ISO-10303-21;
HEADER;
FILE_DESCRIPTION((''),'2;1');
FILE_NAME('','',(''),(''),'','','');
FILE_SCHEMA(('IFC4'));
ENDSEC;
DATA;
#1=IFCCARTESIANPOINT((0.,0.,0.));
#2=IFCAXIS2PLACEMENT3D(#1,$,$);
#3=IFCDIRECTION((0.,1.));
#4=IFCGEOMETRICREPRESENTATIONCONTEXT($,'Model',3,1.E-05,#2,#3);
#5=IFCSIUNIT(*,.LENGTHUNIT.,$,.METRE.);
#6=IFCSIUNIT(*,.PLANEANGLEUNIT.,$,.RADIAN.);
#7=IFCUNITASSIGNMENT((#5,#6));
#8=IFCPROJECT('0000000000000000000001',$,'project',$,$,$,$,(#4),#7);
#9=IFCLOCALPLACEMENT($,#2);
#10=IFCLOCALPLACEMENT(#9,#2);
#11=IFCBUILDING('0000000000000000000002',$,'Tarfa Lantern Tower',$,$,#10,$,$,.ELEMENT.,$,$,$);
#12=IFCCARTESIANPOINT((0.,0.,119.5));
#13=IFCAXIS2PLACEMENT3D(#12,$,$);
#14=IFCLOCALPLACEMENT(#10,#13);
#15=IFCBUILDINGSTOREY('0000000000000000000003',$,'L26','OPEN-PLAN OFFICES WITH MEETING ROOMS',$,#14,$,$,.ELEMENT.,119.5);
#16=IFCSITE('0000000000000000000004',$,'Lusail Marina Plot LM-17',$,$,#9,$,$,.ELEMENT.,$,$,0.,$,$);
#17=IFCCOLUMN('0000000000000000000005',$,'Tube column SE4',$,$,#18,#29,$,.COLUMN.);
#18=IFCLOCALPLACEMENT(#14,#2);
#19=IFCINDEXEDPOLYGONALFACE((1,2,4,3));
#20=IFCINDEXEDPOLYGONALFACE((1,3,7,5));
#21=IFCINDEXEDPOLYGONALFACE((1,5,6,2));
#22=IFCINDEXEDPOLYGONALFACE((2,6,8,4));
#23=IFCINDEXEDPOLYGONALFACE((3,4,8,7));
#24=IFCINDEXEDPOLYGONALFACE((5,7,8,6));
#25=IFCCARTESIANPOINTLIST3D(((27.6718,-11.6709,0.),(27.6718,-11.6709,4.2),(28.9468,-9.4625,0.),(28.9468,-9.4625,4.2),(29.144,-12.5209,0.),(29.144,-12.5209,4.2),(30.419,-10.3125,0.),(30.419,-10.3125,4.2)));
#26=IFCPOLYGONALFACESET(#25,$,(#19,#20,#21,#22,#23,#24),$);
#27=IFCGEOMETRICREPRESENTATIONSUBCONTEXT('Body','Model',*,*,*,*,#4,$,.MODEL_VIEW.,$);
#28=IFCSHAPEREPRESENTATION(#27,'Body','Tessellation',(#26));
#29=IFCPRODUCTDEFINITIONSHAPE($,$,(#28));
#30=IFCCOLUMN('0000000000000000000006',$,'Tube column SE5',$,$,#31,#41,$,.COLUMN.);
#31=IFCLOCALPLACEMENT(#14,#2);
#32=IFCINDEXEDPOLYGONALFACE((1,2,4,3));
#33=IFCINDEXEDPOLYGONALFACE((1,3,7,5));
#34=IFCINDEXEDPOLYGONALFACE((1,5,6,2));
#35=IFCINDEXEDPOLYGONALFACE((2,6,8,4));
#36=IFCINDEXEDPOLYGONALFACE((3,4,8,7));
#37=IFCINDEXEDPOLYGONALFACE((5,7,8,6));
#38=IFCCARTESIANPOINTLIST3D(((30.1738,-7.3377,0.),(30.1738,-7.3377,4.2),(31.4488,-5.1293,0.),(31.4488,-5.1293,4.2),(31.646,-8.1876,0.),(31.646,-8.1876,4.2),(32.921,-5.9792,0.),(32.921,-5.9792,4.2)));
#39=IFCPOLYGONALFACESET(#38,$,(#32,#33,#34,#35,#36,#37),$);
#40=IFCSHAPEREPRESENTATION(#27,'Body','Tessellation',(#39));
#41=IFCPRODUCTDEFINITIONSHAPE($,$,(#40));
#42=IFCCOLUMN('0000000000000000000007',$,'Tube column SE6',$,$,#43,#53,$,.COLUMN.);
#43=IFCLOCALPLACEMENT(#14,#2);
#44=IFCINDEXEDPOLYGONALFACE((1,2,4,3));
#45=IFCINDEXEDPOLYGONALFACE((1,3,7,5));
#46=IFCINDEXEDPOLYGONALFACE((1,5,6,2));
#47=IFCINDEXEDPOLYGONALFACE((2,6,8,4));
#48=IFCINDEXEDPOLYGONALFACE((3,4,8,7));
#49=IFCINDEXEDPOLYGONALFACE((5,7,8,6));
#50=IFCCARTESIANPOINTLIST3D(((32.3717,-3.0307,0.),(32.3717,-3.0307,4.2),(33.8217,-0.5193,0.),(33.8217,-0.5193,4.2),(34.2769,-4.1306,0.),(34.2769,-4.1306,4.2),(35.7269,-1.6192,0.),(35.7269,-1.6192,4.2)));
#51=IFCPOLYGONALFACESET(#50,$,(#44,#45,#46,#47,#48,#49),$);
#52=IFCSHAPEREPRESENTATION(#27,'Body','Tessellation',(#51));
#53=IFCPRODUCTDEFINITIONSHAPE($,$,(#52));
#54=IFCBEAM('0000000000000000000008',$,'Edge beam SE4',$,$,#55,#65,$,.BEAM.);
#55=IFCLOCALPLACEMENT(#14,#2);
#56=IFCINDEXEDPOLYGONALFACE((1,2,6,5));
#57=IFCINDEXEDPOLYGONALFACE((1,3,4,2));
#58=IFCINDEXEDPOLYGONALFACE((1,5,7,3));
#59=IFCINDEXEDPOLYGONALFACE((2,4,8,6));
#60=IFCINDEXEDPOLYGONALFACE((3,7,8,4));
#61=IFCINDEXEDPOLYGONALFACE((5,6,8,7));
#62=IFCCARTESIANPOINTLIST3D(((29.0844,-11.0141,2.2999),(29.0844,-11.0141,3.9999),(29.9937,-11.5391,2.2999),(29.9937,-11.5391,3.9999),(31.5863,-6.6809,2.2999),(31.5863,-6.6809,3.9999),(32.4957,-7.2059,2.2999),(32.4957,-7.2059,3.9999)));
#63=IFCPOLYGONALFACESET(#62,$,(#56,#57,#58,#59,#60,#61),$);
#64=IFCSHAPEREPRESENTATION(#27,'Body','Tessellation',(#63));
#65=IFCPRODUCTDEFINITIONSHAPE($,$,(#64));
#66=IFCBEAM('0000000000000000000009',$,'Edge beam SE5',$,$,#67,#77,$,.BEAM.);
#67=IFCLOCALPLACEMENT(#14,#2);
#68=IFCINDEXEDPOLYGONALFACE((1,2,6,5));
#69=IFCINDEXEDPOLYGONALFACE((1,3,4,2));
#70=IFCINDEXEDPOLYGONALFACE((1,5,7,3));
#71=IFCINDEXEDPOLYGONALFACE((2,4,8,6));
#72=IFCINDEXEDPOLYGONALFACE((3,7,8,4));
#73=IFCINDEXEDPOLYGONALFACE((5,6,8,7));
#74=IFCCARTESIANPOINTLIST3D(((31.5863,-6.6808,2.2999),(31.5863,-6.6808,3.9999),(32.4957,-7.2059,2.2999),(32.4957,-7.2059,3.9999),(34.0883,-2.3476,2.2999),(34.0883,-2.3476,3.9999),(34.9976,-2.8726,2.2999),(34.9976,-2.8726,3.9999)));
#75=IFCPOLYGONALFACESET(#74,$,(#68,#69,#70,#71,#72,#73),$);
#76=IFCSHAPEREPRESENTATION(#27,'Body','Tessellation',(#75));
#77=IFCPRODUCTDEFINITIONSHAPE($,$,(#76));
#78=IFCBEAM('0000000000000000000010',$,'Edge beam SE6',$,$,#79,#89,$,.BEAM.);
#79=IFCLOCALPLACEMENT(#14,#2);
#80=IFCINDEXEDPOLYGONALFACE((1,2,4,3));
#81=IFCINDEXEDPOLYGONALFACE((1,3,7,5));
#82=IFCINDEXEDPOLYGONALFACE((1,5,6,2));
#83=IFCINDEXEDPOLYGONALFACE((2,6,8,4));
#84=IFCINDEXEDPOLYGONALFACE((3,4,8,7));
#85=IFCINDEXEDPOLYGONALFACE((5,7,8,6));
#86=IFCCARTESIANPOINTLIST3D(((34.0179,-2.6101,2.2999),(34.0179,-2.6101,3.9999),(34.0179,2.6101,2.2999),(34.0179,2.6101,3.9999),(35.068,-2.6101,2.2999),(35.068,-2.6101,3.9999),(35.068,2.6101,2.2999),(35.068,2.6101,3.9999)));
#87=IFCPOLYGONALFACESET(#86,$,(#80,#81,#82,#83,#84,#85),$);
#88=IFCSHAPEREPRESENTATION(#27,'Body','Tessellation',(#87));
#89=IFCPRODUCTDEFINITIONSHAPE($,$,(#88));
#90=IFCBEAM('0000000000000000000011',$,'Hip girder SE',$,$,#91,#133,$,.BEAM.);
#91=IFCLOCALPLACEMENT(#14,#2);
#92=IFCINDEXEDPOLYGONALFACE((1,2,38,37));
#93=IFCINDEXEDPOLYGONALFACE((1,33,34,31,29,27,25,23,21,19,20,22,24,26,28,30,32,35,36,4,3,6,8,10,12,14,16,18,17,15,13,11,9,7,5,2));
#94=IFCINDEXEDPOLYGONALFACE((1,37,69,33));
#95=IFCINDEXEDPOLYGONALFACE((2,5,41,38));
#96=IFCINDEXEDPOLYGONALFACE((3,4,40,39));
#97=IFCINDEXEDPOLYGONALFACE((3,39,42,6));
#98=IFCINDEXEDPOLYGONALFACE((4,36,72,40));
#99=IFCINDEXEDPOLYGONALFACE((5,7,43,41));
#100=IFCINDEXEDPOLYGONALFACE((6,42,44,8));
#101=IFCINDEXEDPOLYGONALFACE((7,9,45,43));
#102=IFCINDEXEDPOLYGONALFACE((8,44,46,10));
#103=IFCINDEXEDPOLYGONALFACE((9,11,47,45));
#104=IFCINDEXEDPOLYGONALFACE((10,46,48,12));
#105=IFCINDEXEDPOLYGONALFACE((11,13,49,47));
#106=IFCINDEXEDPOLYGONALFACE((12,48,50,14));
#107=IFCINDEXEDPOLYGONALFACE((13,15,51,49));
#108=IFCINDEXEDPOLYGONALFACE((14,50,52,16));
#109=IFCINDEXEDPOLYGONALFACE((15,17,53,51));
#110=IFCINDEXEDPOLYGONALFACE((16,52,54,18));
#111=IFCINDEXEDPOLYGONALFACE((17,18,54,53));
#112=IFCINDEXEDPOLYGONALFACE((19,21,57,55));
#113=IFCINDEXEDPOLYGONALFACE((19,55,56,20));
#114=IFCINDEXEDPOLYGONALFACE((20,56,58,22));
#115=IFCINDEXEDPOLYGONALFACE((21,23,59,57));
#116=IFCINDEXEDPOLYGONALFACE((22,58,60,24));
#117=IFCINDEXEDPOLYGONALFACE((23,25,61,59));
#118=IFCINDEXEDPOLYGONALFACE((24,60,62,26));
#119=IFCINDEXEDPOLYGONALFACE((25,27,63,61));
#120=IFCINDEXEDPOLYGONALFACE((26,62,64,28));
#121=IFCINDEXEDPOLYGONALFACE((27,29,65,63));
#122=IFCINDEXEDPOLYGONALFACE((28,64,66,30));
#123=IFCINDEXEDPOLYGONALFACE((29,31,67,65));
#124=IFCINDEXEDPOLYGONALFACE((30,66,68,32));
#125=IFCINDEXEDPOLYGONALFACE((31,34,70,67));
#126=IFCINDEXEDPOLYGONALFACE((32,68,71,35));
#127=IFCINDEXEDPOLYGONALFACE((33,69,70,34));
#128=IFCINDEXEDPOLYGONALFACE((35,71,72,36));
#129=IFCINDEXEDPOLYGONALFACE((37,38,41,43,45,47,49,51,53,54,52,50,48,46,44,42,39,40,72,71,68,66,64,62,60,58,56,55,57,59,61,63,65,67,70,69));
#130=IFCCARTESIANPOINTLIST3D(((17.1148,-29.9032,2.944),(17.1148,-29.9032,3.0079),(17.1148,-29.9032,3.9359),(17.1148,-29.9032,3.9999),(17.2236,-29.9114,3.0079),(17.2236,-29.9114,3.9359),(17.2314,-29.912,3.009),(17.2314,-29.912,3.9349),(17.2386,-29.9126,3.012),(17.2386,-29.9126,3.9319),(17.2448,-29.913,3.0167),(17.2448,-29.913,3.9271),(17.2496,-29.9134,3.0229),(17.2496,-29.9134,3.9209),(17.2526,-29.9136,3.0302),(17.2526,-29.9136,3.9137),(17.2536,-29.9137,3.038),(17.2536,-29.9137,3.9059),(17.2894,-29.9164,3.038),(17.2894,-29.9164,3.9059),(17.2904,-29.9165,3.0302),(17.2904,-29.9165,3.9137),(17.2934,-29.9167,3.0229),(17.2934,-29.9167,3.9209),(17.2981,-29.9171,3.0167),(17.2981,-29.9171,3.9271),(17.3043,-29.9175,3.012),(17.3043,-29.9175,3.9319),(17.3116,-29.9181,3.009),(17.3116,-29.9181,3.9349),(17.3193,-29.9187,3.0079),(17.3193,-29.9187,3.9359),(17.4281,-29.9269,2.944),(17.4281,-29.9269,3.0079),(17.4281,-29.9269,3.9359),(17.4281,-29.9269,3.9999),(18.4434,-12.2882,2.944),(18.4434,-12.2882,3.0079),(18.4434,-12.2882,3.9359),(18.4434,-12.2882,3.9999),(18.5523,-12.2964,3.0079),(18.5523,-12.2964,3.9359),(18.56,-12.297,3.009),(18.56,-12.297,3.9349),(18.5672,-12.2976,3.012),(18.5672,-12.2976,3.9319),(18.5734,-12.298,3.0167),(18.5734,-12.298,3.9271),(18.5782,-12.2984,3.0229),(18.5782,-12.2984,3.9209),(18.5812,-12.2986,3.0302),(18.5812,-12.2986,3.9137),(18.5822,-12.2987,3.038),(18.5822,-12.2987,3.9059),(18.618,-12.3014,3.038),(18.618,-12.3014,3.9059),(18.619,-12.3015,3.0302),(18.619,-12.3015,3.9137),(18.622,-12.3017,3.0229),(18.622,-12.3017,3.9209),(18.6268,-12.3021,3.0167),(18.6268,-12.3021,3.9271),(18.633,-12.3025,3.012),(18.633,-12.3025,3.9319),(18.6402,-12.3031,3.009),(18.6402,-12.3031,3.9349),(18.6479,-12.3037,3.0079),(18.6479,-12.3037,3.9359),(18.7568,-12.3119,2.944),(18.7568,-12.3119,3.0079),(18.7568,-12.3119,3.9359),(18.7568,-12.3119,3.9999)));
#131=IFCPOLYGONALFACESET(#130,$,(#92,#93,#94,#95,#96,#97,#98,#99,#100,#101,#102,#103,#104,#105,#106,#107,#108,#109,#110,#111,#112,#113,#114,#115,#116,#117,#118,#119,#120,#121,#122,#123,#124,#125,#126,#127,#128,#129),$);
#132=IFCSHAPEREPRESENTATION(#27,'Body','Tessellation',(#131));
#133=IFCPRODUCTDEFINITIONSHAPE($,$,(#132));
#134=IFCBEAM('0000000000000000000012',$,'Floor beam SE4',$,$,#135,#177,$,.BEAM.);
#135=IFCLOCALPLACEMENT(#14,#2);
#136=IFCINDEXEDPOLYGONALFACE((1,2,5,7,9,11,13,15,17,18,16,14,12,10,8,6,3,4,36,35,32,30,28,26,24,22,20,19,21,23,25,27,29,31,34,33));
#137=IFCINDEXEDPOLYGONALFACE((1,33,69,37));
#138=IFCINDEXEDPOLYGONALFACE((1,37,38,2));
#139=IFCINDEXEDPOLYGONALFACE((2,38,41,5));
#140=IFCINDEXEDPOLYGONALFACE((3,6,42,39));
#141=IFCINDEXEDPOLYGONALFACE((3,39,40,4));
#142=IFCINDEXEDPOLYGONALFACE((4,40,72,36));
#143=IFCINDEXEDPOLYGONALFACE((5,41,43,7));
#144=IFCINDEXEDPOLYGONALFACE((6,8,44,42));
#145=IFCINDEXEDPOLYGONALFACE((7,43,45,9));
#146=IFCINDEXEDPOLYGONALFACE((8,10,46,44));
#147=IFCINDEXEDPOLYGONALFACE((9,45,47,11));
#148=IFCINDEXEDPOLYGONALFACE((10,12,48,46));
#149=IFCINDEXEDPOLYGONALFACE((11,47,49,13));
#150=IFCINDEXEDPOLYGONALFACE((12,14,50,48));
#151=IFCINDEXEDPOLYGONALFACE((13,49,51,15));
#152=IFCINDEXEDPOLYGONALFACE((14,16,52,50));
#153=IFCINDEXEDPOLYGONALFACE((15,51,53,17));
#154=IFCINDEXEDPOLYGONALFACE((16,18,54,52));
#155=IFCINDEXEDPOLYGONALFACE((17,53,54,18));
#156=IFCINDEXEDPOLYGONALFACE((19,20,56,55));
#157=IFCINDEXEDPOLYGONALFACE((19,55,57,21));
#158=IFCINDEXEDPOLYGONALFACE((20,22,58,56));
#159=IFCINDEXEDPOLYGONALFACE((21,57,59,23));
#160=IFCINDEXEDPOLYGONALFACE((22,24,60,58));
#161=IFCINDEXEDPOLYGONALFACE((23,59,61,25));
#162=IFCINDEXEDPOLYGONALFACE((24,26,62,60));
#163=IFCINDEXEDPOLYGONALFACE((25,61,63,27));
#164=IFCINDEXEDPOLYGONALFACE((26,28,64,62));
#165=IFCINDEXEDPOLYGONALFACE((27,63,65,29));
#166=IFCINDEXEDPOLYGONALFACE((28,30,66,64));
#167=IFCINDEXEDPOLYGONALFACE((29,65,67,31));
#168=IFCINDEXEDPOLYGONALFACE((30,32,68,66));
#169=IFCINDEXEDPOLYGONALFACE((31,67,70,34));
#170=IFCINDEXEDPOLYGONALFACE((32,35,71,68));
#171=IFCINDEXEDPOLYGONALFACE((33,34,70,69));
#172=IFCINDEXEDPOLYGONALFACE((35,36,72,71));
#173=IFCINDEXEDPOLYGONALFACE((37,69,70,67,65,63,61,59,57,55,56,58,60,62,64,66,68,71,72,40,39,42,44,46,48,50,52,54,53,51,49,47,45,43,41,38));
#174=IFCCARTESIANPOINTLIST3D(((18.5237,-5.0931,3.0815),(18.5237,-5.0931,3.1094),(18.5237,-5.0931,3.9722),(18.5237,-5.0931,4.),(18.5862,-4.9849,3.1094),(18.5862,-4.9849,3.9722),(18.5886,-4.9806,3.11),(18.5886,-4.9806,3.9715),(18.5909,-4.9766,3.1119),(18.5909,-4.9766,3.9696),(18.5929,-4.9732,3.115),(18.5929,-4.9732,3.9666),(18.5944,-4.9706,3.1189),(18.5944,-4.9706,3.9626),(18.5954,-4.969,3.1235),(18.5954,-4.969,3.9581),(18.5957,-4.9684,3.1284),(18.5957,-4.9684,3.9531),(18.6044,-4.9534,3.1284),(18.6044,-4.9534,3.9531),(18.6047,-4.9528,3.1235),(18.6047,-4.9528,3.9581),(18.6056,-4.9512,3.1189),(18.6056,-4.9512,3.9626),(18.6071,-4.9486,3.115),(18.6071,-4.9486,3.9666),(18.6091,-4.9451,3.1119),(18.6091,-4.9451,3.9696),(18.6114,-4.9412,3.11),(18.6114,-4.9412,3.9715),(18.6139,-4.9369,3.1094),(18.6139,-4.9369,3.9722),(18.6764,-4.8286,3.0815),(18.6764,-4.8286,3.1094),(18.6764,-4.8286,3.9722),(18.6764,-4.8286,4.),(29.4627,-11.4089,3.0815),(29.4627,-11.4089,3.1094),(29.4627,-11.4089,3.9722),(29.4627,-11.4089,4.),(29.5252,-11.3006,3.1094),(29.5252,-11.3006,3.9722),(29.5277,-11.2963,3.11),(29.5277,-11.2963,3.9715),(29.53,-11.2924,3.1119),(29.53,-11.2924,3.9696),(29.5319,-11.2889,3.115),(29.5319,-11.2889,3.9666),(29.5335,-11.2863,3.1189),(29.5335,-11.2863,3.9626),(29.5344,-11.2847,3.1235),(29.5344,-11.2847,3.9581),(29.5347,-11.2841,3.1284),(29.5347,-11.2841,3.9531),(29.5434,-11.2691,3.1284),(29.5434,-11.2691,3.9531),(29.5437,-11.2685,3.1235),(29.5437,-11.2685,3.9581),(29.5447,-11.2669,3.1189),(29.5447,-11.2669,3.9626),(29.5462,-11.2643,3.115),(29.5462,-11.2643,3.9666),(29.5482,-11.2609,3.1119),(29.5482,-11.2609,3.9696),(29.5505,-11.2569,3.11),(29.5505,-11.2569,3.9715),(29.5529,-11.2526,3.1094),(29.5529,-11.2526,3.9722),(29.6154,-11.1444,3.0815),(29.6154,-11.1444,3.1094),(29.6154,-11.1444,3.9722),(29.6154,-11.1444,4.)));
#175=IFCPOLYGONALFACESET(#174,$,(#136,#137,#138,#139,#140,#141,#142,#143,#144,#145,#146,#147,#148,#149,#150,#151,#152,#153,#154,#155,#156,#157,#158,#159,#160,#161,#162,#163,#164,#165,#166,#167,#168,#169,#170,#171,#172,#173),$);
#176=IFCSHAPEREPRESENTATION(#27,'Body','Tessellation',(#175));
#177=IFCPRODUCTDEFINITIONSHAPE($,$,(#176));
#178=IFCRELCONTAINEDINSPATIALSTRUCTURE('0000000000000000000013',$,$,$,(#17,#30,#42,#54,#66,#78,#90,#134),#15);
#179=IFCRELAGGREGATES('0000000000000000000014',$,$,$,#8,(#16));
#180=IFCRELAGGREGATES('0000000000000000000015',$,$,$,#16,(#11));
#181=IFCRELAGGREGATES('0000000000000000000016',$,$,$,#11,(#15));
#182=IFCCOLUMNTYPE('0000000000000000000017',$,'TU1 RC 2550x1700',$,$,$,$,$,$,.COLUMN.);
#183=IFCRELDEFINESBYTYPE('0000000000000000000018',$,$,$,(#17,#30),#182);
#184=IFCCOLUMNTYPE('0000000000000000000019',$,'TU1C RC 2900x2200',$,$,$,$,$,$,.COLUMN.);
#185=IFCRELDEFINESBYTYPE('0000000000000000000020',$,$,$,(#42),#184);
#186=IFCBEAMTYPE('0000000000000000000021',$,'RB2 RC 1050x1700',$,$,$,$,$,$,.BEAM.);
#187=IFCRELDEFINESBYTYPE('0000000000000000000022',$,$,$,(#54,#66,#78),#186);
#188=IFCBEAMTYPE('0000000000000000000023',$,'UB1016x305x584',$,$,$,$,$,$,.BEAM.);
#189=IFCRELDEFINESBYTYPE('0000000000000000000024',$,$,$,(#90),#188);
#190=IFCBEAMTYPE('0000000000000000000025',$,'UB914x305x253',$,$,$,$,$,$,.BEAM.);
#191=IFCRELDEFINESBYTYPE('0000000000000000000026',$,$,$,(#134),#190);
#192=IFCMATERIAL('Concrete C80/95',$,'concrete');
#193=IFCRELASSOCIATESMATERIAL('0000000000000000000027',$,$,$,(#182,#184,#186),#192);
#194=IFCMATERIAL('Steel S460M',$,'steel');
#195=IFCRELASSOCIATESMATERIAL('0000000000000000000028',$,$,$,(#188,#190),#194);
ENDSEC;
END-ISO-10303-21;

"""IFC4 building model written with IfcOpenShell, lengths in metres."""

from ifc_helpers import new_model, si_unit, direction, frame, origin, origin_2d, place, context, subcontext, project, spatial, rectangle, i_section, extrude, material, material_profile, profile_set, type_object, element, save


model = new_model("IFC4")

# Units and contexts
model_context = context("Model", 3, precision=1e-05, world=origin(), true_north=direction((0.0, 1.0)))
body_context = subcontext(model_context, "Body", "Model", "MODEL_VIEW")
ifc_project = project(units=[si_unit("LENGTHUNIT", "METRE"), si_unit("PLANEANGLEUNIT", "RADIAN")], contexts=[model_context])

# Site, building, storey
site_placement = place(None, origin())
site = spatial("IfcSite", under=ifc_project, at=site_placement, Name="Lusail Marina Plot LM-17", CompositionType="ELEMENT", RefElevation=0.0)
building_placement = place(site_placement, origin())
building = spatial("IfcBuilding", under=site, at=building_placement, Name="Tarfa Lantern Tower", CompositionType="ELEMENT")
storey_placement = place(building_placement, frame((0.0, 0.0, 119.5)))
storey = spatial("IfcBuildingStorey", under=building, at=storey_placement, Name="L26", Description="OPEN-PLAN OFFICES WITH MEETING ROOMS", CompositionType="ELEMENT", Elevation=119.5)

# Columns
ifc_material_1 = material(Name="Concrete C80/95", Category="concrete")
ifc_material_profile_1 = material_profile(ifc_material_1, rectangle(XDim=2.55, YDim=1.7, at=origin_2d()), Name="RC 2550x1700")
ifc_profile_set_1 = profile_set([ifc_material_profile_1], Name="Concrete C80/95")
column_type_1 = type_object("IfcColumnType", Name="TU1 RC 2550x1700", PredefinedType="COLUMN", material=ifc_profile_set_1)
for number, where, z_axis, x_axis, name in (
    (1, (29.0454, -10.9917, 0.0), (0.0, 0.0, 1.0), (0.5, 0.866025, 0.0), "Tube column SE4"),
    (2, (31.5474, -6.6584, 0.0), (0.0, 0.0, 1.0), (0.5, 0.866025, 0.0), "Tube column SE5"),
):
    element("IfcColumn", number, at=place(storey_placement, frame(where, z_axis=z_axis, x_axis=x_axis)), inside=storey, type_object=column_type_1, Name=name, PredefinedType="COLUMN", context=body_context, shape_type="SweptSolid", body=[
        extrude(rectangle(XDim=2.55, YDim=1.7, at=origin_2d()), origin(), (0.0, 0.0, 1.0), 4.2),
    ])
ifc_material_profile_2 = material_profile(ifc_material_1, rectangle(XDim=2.8999, YDim=2.2, at=origin_2d()), Name="RC 2900x2200")
ifc_profile_set_2 = profile_set([ifc_material_profile_2], Name="Concrete C80/95")
column_type_2 = type_object("IfcColumnType", Name="TU1C RC 2900x2200", PredefinedType="COLUMN", material=ifc_profile_set_2)
column_placement = place(storey_placement, frame((34.0493, -2.325, 0.0), z_axis=(0.0, 0.0, 1.0), x_axis=(0.5, 0.866025, 0.0)))
element("IfcColumn", 3, at=column_placement, inside=storey, type_object=column_type_2, Name="Tube column SE6", PredefinedType="COLUMN", context=body_context, shape_type="SweptSolid", body=[
    extrude(rectangle(XDim=2.8999, YDim=2.2, at=origin_2d()), origin(), (0.0, 0.0, 1.0), 4.2),
])

# Beams
ifc_material_profile_3 = material_profile(ifc_material_1, rectangle(XDim=1.05, YDim=1.7, at=origin_2d()), Name="RC 1050x1700")
ifc_profile_set_3 = profile_set([ifc_material_profile_3], Name="Concrete C80/95")
beam_type_1 = type_object("IfcBeamType", Name="RB2 RC 1050x1700", PredefinedType="BEAM", material=ifc_profile_set_3)
for number, where, z_axis, x_axis, name in (
    (4, (29.5391, -11.2766, 3.1499), (0.500022, 0.866013, 0.0), (-0.866013, 0.500022, 0.0), "Edge beam SE4"),
    (5, (32.041, -6.9434, 3.1499), (0.500022, 0.866013, 0.0), (-0.866013, 0.500022, 0.0), "Edge beam SE5"),
):
    element("IfcBeam", number, at=place(storey_placement, frame(where, z_axis=z_axis, x_axis=x_axis)), inside=storey, type_object=beam_type_1, Name=name, PredefinedType="BEAM", context=body_context, shape_type="SweptSolid", body=[
        extrude(rectangle(XDim=1.05, YDim=1.7, at=origin_2d()), origin(), (0.0, 0.0, 1.0), 5.0037),
    ])
beam_1_placement = place(storey_placement, frame((34.543, -2.6101, 3.1499), z_axis=(0.0, 1.0, 0.0), x_axis=(-1.0, 0.0, 0.0)))
element("IfcBeam", 6, at=beam_1_placement, inside=storey, type_object=beam_type_1, Name="Edge beam SE6", PredefinedType="BEAM", context=body_context, shape_type="SweptSolid", body=[
    extrude(rectangle(XDim=1.05, YDim=1.7, at=origin_2d()), origin(), (0.0, 0.0, 1.0), 5.2202),
])
ifc_material_2 = material(Name="Steel S460M", Category="steel")
ifc_material_profile_4 = material_profile(ifc_material_2, i_section(OverallWidth=0.3142, OverallDepth=1.0559, WebThickness=0.0359, FlangeThickness=0.064, FilletRadius=0.03, at=origin_2d()), Name="UB1016x305x584")
ifc_profile_set_4 = profile_set([ifc_material_profile_4], Name="Steel S460M")
beam_type_2 = type_object("IfcBeamType", Name="UB1016x305x584", PredefinedType="BEAM", material=ifc_profile_set_4)
beam_2_placement = place(storey_placement, frame((18.6001, -12.3, 3.4719), z_axis=(-0.075212, -0.997168, 0.0), x_axis=(0.997168, -0.075212, 0.0)))
element("IfcBeam", 7, at=beam_2_placement, inside=storey, type_object=beam_type_2, Name="Hip girder SE", PredefinedType="BEAM", context=body_context, shape_type="SweptSolid", body=[
    extrude(i_section(OverallWidth=0.3142, OverallDepth=1.0559, WebThickness=0.0359, FlangeThickness=0.064, FilletRadius=0.03, at=origin_2d()), origin(), (0.0, 0.0, 1.0), 17.665),
])
ifc_material_profile_5 = material_profile(ifc_material_2, i_section(OverallWidth=0.3054, OverallDepth=0.9185, WebThickness=0.0173, FlangeThickness=0.0278, FilletRadius=0.019, at=origin_2d()), Name="UB914x305x253")
ifc_profile_set_5 = profile_set([ifc_material_profile_5], Name="Steel S460M")
beam_type_3 = type_object("IfcBeamType", Name="UB914x305x253", PredefinedType="BEAM", material=ifc_profile_set_5)
beam_3_placement = place(storey_placement, frame((29.5391, -11.2766, 3.5408), z_axis=(-0.866023, 0.500004, 0.0), x_axis=(-0.500004, -0.866023, 0.0)))
element("IfcBeam", 8, at=beam_3_placement, inside=storey, type_object=beam_type_3, Name="Floor beam SE4", PredefinedType="BEAM", context=body_context, shape_type="SweptSolid", body=[
    extrude(i_section(OverallWidth=0.3054, OverallDepth=0.9185, WebThickness=0.0173, FlangeThickness=0.0278, FilletRadius=0.019, at=origin_2d()), origin(), (0.0, 0.0, 1.0), 12.6313),
])

save(model, "model.ifc")
